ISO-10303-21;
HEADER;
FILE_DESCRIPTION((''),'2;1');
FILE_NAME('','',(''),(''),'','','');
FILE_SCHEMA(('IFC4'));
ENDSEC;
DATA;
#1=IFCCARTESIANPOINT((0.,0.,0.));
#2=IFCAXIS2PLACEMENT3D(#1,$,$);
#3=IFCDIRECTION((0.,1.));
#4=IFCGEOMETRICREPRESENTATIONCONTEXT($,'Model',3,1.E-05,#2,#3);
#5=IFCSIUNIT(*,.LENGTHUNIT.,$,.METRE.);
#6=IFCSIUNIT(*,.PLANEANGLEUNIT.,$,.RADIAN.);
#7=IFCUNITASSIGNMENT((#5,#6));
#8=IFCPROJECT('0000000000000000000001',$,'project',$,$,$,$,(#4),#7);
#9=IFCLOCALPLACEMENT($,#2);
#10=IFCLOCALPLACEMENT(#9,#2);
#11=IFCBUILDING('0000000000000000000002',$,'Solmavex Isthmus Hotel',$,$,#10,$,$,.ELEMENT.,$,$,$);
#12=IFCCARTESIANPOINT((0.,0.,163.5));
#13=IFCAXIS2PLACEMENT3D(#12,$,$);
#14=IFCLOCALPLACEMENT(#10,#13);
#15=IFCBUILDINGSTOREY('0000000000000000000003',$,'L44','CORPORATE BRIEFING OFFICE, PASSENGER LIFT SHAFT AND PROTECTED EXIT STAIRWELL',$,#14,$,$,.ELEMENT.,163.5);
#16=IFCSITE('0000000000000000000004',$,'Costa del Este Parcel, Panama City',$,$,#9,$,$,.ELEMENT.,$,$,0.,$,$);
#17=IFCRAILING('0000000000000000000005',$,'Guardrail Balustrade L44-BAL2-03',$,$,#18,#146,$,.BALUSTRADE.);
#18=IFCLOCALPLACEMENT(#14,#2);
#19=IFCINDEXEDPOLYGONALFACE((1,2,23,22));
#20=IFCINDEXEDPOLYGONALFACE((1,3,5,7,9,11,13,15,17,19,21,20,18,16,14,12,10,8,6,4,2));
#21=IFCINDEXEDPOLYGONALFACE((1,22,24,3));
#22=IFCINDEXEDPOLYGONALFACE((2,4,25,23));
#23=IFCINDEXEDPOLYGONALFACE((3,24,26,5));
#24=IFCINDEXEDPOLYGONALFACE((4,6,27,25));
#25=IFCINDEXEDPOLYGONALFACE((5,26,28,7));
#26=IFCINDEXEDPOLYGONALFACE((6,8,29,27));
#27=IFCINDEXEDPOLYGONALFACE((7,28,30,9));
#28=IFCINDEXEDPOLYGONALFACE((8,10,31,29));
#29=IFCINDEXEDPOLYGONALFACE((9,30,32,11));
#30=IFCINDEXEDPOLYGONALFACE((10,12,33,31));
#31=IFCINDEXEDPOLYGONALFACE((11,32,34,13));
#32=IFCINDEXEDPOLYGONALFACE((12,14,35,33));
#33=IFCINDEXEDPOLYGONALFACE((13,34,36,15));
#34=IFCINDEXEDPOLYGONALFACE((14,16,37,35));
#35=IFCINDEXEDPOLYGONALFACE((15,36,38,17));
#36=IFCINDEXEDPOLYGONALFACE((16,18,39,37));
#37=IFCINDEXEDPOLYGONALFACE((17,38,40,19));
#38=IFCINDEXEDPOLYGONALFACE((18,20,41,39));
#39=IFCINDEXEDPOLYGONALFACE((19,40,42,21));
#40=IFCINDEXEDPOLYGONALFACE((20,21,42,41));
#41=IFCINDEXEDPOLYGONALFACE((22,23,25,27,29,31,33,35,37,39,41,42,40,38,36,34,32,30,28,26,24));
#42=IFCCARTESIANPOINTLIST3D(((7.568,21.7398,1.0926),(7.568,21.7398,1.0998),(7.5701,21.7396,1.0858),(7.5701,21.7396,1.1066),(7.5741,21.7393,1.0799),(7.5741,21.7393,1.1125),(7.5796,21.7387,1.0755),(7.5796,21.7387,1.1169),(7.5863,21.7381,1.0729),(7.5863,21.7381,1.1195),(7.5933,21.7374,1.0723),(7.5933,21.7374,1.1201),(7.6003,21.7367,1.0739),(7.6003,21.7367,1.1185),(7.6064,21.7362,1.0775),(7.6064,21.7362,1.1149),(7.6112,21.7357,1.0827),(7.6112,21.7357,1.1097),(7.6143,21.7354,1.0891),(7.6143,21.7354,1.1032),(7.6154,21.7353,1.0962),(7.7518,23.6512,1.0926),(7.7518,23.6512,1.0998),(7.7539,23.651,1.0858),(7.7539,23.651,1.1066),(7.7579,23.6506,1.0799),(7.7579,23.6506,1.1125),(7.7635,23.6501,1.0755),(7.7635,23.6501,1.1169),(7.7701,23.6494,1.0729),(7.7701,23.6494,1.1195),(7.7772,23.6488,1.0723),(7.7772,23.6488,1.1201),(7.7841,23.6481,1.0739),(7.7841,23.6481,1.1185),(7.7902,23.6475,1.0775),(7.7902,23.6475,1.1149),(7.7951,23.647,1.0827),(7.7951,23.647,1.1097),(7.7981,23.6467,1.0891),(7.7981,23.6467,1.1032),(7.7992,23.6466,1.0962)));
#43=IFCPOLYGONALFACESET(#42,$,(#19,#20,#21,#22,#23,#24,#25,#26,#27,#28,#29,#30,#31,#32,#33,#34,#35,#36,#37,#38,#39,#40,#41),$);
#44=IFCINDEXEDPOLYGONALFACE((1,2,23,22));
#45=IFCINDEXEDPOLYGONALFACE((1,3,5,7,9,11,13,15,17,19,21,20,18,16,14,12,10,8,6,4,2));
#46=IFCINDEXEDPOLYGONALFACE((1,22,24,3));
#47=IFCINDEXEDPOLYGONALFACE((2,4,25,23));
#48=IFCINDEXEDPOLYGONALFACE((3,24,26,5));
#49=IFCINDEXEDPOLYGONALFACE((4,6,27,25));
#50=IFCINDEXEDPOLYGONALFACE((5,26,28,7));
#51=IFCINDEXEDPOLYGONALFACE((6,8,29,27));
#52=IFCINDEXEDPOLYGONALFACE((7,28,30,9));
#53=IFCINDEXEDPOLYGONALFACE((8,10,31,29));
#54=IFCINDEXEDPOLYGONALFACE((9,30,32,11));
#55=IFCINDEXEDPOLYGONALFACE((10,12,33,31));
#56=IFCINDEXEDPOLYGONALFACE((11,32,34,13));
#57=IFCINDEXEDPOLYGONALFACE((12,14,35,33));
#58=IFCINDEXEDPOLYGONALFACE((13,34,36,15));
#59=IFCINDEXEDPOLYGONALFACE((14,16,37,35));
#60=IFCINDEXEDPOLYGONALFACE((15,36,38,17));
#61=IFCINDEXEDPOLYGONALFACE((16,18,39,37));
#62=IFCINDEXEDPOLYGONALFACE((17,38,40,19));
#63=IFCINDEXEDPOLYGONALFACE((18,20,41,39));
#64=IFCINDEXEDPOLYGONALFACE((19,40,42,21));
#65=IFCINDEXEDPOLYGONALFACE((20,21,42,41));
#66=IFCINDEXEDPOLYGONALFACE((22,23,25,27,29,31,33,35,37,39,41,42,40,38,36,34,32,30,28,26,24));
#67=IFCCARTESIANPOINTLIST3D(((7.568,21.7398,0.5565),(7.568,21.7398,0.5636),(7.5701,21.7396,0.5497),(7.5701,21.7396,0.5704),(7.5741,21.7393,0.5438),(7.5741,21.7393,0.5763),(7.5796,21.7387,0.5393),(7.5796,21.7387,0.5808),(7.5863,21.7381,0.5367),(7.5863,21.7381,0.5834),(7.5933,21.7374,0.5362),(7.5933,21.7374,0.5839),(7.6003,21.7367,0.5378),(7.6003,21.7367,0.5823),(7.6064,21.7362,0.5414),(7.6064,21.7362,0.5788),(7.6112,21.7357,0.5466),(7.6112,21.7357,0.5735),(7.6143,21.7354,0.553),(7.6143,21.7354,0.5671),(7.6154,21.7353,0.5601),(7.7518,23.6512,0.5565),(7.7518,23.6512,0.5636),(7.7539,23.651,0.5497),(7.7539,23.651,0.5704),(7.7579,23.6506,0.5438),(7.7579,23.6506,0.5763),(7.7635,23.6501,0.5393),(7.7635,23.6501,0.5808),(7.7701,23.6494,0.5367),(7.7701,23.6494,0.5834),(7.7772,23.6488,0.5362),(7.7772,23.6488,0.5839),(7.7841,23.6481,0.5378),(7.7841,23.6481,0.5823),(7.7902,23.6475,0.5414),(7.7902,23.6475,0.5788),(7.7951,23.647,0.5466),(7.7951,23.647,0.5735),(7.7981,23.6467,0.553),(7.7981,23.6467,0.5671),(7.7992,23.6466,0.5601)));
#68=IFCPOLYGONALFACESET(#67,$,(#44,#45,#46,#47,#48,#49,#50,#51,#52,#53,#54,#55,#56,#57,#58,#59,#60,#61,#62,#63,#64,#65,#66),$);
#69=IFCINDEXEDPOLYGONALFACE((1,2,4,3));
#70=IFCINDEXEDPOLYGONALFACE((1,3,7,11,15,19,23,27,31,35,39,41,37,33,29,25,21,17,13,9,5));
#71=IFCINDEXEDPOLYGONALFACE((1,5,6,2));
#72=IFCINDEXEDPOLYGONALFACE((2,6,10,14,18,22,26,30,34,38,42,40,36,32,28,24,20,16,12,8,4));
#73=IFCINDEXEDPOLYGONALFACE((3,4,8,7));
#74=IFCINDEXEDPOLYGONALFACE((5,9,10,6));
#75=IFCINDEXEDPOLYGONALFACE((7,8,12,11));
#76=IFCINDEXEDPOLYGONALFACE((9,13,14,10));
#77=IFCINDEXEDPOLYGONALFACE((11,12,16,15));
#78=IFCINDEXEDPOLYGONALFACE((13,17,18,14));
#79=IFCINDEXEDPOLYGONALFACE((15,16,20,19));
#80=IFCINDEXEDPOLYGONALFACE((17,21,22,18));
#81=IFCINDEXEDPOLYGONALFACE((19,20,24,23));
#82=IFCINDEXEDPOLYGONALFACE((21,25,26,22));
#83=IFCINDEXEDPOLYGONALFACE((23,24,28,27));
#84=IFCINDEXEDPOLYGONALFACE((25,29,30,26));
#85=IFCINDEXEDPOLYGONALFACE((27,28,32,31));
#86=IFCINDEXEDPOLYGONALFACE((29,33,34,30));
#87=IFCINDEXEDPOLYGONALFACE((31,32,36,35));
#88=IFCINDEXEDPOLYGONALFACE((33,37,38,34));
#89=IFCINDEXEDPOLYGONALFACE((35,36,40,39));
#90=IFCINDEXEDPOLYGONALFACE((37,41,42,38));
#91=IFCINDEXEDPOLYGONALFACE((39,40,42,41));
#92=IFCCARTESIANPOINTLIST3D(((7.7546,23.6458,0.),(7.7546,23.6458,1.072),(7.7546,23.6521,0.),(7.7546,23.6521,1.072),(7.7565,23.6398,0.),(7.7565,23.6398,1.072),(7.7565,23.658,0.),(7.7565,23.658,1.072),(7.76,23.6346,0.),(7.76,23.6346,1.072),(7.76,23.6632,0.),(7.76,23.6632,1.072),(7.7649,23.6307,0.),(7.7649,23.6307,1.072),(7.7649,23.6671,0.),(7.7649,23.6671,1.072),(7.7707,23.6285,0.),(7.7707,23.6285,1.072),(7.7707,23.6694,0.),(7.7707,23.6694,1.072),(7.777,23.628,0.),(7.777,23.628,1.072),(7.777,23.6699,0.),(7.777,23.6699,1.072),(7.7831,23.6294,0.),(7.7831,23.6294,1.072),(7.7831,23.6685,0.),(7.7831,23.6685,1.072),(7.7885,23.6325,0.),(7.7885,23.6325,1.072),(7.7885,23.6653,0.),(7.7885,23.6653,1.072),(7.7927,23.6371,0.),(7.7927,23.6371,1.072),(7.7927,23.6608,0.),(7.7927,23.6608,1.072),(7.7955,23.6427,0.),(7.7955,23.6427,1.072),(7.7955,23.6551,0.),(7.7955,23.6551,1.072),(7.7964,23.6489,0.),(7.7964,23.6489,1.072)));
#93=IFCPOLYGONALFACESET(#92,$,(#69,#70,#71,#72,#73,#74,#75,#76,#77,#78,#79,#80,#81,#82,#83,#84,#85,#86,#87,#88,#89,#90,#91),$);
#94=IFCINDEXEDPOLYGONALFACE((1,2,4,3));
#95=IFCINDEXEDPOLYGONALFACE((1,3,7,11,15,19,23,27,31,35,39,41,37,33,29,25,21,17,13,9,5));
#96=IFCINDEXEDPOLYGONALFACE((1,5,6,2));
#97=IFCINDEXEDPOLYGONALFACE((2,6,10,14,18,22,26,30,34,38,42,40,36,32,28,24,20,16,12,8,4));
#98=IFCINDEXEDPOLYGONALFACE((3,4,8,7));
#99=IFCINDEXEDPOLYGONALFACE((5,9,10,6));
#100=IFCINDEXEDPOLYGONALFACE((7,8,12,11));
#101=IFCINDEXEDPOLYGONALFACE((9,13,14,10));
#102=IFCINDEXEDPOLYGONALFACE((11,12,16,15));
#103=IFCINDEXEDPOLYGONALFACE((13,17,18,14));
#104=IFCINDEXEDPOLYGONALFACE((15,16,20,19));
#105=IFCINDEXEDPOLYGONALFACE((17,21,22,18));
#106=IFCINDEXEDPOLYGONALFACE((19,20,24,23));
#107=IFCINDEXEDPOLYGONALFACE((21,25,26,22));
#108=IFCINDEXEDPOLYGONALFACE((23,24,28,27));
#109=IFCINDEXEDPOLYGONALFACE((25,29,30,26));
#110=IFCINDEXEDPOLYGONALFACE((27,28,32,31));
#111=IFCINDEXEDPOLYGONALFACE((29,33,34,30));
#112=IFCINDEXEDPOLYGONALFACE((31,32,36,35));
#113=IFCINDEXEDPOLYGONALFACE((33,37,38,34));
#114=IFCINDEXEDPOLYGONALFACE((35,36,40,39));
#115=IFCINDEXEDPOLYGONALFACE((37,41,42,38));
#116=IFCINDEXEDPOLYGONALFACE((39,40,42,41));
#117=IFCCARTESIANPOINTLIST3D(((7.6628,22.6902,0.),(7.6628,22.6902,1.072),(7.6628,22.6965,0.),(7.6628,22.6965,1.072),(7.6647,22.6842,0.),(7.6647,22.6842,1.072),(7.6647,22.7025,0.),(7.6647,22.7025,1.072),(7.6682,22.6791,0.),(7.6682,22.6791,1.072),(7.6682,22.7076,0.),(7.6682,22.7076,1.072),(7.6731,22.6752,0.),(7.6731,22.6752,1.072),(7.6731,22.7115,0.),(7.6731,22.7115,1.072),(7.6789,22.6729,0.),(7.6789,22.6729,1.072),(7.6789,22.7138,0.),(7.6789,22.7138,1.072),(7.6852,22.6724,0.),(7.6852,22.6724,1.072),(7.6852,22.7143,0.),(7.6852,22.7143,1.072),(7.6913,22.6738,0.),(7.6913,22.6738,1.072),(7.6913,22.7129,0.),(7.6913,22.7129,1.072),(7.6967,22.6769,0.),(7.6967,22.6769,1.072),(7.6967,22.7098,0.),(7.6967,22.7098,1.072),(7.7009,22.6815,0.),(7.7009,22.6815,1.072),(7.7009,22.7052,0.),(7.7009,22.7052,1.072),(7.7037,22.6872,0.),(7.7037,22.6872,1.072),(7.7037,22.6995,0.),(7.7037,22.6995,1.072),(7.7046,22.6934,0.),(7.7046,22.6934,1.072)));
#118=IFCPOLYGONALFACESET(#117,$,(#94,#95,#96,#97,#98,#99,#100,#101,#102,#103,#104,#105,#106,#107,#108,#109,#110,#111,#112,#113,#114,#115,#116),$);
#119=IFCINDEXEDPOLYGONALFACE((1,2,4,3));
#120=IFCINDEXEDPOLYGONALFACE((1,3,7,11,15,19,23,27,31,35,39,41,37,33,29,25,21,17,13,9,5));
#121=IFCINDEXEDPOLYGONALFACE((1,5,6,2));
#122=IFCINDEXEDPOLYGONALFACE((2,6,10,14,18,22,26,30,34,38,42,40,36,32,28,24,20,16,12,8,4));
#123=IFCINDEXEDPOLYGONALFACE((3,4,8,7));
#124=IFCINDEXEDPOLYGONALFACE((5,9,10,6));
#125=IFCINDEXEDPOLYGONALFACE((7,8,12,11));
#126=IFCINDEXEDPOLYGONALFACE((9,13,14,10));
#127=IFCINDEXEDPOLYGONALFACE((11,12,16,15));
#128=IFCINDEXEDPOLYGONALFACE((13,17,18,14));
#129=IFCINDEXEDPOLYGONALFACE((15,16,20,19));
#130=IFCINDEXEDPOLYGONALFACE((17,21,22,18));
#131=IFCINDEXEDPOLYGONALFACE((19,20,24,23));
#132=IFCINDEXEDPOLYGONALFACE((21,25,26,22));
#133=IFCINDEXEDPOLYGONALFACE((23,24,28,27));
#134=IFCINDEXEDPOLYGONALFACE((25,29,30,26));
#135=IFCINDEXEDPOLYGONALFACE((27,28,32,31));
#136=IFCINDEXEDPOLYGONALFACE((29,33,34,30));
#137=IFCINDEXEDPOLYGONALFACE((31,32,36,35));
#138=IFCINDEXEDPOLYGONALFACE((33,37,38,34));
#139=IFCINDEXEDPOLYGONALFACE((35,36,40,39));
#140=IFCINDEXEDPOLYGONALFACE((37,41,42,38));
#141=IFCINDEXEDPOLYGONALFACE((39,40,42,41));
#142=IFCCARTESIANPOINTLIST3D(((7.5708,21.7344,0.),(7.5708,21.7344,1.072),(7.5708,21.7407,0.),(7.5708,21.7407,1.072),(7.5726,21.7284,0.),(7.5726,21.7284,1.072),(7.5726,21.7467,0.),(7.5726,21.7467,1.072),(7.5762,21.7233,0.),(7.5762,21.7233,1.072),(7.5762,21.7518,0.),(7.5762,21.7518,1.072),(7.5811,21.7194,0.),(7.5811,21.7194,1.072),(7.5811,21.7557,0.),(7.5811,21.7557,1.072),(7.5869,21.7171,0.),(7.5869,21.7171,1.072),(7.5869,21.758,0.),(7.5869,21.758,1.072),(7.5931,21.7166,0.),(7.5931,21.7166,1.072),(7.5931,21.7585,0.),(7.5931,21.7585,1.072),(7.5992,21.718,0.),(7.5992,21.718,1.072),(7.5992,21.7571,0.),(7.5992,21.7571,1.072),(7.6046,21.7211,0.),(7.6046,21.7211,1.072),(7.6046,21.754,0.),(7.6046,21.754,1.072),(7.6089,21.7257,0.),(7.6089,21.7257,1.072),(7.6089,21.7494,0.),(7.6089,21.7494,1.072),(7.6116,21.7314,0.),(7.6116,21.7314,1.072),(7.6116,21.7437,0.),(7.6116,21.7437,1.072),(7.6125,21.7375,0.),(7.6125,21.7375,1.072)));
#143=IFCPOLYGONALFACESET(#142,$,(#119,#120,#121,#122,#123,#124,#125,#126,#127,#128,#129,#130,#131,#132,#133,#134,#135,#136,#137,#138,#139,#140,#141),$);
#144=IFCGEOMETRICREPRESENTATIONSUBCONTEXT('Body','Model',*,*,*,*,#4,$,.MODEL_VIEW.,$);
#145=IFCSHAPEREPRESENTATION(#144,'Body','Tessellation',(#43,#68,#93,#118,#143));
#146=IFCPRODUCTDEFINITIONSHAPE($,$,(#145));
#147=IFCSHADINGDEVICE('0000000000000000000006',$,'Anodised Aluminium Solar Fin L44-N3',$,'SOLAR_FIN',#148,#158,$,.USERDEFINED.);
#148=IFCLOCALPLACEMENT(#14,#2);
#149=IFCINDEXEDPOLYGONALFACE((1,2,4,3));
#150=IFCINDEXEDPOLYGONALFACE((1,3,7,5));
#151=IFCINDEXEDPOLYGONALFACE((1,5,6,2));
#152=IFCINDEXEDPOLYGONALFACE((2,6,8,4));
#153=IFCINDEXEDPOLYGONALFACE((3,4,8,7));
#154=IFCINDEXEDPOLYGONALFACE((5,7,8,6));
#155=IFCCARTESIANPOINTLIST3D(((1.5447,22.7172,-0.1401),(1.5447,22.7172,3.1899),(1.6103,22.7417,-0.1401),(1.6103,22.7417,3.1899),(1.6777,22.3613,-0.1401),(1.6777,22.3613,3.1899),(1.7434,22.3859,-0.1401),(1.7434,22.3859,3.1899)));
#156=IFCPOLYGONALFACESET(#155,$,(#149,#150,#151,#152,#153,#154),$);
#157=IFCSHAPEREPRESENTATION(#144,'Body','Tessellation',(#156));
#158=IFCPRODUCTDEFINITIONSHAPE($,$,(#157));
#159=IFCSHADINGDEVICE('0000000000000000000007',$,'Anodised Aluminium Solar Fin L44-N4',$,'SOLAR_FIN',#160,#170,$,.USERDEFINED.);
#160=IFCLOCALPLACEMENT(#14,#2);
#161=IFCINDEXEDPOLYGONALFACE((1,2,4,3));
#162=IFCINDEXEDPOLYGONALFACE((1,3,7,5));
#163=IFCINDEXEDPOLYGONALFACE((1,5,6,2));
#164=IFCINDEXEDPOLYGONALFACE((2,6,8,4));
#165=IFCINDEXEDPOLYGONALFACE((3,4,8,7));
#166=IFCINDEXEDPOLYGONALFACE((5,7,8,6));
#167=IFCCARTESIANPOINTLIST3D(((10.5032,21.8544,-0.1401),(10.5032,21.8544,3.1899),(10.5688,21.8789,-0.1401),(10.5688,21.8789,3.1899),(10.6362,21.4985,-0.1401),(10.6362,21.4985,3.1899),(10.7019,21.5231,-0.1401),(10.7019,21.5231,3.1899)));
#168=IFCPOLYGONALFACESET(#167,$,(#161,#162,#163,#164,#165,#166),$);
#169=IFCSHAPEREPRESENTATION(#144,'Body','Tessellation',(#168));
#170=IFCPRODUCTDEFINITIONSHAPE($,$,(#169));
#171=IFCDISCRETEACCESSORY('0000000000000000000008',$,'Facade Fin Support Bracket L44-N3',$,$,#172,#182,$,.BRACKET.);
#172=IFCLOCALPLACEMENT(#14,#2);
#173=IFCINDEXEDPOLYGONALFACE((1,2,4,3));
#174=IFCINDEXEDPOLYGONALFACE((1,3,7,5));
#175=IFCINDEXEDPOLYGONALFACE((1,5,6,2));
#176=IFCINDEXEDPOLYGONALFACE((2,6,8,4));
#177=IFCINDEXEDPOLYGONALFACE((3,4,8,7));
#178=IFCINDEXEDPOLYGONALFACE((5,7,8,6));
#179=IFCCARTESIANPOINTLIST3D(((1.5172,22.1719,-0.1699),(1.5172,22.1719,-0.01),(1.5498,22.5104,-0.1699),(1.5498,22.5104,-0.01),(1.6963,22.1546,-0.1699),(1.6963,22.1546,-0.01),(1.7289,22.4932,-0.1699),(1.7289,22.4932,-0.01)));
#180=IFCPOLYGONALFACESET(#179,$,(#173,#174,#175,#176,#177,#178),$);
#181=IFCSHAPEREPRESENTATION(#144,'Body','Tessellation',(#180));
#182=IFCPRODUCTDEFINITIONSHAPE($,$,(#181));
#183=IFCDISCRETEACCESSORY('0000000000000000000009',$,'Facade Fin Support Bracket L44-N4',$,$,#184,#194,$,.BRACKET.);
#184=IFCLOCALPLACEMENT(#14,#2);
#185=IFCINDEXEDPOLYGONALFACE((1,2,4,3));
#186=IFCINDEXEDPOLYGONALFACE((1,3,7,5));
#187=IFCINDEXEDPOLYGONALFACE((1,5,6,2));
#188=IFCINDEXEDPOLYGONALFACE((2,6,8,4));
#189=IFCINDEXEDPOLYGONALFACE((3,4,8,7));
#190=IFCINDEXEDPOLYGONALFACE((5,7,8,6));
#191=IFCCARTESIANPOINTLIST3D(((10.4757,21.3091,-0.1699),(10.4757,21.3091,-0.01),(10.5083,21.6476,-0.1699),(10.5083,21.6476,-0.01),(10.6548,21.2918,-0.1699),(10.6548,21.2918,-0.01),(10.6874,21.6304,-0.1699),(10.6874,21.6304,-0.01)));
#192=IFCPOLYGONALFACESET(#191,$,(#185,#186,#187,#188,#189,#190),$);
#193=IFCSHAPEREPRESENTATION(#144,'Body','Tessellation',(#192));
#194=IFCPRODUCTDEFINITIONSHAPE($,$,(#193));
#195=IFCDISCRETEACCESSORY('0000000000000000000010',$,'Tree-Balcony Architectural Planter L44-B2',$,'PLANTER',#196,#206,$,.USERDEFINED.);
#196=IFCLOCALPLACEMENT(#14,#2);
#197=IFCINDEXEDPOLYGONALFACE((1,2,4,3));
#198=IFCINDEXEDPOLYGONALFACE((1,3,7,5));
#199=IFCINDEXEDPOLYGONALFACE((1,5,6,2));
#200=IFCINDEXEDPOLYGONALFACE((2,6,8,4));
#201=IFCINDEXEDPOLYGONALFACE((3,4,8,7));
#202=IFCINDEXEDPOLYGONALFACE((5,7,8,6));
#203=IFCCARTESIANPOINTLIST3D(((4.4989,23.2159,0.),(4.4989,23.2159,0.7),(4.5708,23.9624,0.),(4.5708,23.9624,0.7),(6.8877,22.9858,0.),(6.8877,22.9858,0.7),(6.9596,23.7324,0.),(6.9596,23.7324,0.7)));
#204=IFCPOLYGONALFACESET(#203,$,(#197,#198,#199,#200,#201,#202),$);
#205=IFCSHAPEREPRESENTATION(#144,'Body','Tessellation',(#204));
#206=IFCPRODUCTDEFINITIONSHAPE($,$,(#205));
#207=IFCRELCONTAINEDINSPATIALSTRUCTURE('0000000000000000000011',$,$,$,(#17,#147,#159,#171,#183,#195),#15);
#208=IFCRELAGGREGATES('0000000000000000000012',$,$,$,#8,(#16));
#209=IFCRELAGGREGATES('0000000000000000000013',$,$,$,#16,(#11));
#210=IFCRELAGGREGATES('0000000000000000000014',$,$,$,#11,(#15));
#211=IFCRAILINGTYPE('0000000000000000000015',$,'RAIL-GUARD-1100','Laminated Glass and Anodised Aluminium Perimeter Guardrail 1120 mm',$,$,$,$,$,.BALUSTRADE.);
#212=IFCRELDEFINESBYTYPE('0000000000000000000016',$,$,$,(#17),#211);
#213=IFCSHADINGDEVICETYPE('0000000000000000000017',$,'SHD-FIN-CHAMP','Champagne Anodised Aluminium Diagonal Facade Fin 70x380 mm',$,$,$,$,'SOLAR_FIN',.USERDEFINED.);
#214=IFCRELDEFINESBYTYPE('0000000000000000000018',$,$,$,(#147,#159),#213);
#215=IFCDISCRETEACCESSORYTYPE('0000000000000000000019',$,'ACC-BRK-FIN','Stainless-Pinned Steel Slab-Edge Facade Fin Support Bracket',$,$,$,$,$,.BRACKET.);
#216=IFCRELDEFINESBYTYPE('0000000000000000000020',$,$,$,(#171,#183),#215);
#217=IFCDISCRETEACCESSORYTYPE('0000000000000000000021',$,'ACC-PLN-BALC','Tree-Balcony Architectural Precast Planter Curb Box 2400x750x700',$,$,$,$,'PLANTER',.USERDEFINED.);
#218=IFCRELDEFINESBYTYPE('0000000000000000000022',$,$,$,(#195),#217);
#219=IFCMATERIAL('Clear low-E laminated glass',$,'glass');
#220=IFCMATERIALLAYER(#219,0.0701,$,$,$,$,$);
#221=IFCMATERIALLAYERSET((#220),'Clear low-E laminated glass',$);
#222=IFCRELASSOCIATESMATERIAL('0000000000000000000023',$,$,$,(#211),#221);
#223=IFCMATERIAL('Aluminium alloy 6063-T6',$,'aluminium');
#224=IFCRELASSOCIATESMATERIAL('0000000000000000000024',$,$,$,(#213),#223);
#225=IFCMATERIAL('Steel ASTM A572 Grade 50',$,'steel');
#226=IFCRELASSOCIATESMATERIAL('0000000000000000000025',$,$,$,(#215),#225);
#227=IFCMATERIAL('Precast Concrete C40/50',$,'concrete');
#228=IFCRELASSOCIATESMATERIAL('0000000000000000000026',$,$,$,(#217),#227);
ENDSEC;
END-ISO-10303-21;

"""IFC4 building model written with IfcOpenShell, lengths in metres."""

from ifc_helpers import new_model, si_unit, direction, frame, origin, origin_2d, place, context, subcontext, project, spatial, rectangle, circle, extrude, material, layer, layer_set, type_object, element, save


model = new_model("IFC4")

# Units and contexts
model_context = context("Model", 3, precision=1e-05, world=origin(), true_north=direction((0.0, 1.0)))
body_context = subcontext(model_context, "Body", "Model", "MODEL_VIEW")
ifc_project = project(units=[si_unit("LENGTHUNIT", "METRE"), si_unit("PLANEANGLEUNIT", "RADIAN")], contexts=[model_context])

# Site, building, storey
site_placement = place(None, origin())
site = spatial("IfcSite", under=ifc_project, at=site_placement, Name="Costa del Este Parcel, Panama City", CompositionType="ELEMENT", RefElevation=0.0)
building_placement = place(site_placement, origin())
building = spatial("IfcBuilding", under=site, at=building_placement, Name="Solmavex Isthmus Hotel", CompositionType="ELEMENT")
storey_placement = place(building_placement, frame((0.0, 0.0, 163.5)))
storey = spatial("IfcBuildingStorey", under=building, at=storey_placement, Name="L44", Description="CORPORATE BRIEFING OFFICE, PASSENGER LIFT SHAFT AND PROTECTED EXIT STAIRWELL", CompositionType="ELEMENT", Elevation=163.5)

# Shared definitions
ifc_material_1 = material(Name="Aluminium alloy 6063-T6", Category="aluminium")

# Shared definitions
ifc_material_2 = material(Name="Clear low-E laminated glass", Category="glass")

# Shared definitions
ifc_material_3 = material(Name="Precast Concrete C40/50", Category="concrete")

# Railing
ifc_layer_1 = layer(ifc_material_2, 0.0701)
ifc_layer_set_1 = layer_set([ifc_layer_1], Name="Clear low-E laminated glass")
railing_type = type_object("IfcRailingType", Name="RAIL-GUARD-1100", Description="Laminated Glass and Anodised Aluminium Perimeter Guardrail 1120 mm", PredefinedType="BALUSTRADE", material=ifc_layer_set_1)
railing_1_placement = place(storey_placement, frame((7.7754, 23.6489, 0.0)))
element("IfcRailing", 1, at=railing_1_placement, inside=storey, type_object=railing_type, Name="Guardrail Balustrade L44-BAL2-03", PredefinedType="BALUSTRADE", context=body_context, shape_type="SweptSolid", body=[
    extrude(circle(Radius=0.0239, at=origin_2d()), frame((0.0, 0.0, 1.0962), z_axis=(-0.095739, -0.995406, 0.0), x_axis=(0.995406, -0.095739, 0.0)), (0.0, 0.0, 1.0), 1.9202),
    extrude(circle(Radius=0.0239, at=origin_2d()), frame((0.0, 0.0, 0.5601), z_axis=(-0.095739, -0.995406, 0.0), x_axis=(0.995406, -0.095739, 0.0)), (0.0, 0.0, 1.0), 1.9202),
    extrude(circle(Radius=0.021, at=origin_2d()), origin(), (0.0, 0.0, 1.0), 1.072),
    extrude(circle(Radius=0.021, at=origin_2d()), frame((-0.0918, -0.9556, 0.0)), (0.0, 0.0, 1.0), 1.072),
    extrude(circle(Radius=0.021, at=origin_2d()), frame((-0.1838, -1.9114, 0.0)), (0.0, 0.0, 1.0), 1.072),
])

# Shading devices
shading_device_type = type_object("IfcShadingDeviceType", Name="SHD-FIN-CHAMP", Description="Champagne Anodised Aluminium Diagonal Facade Fin 70x380 mm", ElementType="SOLAR_FIN", PredefinedType="USERDEFINED", material=ifc_material_1)
for number, where, z_axis, x_axis, name in (
    (2, (1.644, 22.5515, -0.1401), (0.0, 0.0, 1.0), (-0.350207, 0.936672, 0.0), "Anodised Aluminium Solar Fin L44-N3"),
    (3, (10.6025, 21.6887, -0.1401), (0.0, 0.0, 1.0), (-0.350207, 0.936672, 0.0), "Anodised Aluminium Solar Fin L44-N4"),
):
    element("IfcShadingDevice", number, at=place(storey_placement, frame(where, z_axis=z_axis, x_axis=x_axis)), inside=storey, type_object=shading_device_type, Name=name, ObjectType="SOLAR_FIN", PredefinedType="USERDEFINED", context=body_context, shape_type="SweptSolid", body=[
        extrude(rectangle(XDim=0.3799, YDim=0.0701, at=origin_2d()), origin(), (0.0, 0.0, 1.0), 3.3301),
    ])

# Discrete accessories
ifc_material_4 = material(Name="Steel ASTM A572 Grade 50", Category="steel")
discrete_accessory_type_1 = type_object("IfcDiscreteAccessoryType", Name="ACC-BRK-FIN", Description="Stainless-Pinned Steel Slab-Edge Facade Fin Support Bracket", PredefinedType="BRACKET", material=ifc_material_4)
for number, where, z_axis, x_axis, name in (
    (4, (1.623, 22.3325, -0.1699), (0.0, 0.0, 1.0), (0.095846, 0.995396, 0.0), "Facade Fin Support Bracket L44-N3"),
    (5, (10.5815, 21.4697, -0.1699), (0.0, 0.0, 1.0), (0.095846, 0.995396, 0.0), "Facade Fin Support Bracket L44-N4"),
):
    element("IfcDiscreteAccessory", number, at=place(storey_placement, frame(where, z_axis=z_axis, x_axis=x_axis)), inside=storey, type_object=discrete_accessory_type_1, Name=name, PredefinedType="BRACKET", context=body_context, shape_type="SweptSolid", body=[
        extrude(rectangle(XDim=0.3401, YDim=0.1799, at=origin_2d()), origin(), (0.0, 0.0, 1.0), 0.1599),
    ])
discrete_accessory_type_2 = type_object("IfcDiscreteAccessoryType", Name="ACC-PLN-BALC", Description="Tree-Balcony Architectural Precast Planter Curb Box 2400x750x700", ElementType="PLANTER", PredefinedType="USERDEFINED", material=ifc_material_3)
discrete_accessory_placement = place(storey_placement, frame((5.7292, 23.4741, 0.0), z_axis=(0.0, 0.0, 1.0), x_axis=(0.995396, -0.095846, 0.0)))
element("IfcDiscreteAccessory", 6, at=discrete_accessory_placement, inside=storey, type_object=discrete_accessory_type_2, Name="Tree-Balcony Architectural Planter L44-B2", ObjectType="PLANTER", PredefinedType="USERDEFINED", context=body_context, shape_type="SweptSolid", body=[
    extrude(rectangle(XDim=2.3999, YDim=0.75, at=origin_2d()), origin(), (0.0, 0.0, 1.0), 0.7),
])

save(model, "model.ifc")
